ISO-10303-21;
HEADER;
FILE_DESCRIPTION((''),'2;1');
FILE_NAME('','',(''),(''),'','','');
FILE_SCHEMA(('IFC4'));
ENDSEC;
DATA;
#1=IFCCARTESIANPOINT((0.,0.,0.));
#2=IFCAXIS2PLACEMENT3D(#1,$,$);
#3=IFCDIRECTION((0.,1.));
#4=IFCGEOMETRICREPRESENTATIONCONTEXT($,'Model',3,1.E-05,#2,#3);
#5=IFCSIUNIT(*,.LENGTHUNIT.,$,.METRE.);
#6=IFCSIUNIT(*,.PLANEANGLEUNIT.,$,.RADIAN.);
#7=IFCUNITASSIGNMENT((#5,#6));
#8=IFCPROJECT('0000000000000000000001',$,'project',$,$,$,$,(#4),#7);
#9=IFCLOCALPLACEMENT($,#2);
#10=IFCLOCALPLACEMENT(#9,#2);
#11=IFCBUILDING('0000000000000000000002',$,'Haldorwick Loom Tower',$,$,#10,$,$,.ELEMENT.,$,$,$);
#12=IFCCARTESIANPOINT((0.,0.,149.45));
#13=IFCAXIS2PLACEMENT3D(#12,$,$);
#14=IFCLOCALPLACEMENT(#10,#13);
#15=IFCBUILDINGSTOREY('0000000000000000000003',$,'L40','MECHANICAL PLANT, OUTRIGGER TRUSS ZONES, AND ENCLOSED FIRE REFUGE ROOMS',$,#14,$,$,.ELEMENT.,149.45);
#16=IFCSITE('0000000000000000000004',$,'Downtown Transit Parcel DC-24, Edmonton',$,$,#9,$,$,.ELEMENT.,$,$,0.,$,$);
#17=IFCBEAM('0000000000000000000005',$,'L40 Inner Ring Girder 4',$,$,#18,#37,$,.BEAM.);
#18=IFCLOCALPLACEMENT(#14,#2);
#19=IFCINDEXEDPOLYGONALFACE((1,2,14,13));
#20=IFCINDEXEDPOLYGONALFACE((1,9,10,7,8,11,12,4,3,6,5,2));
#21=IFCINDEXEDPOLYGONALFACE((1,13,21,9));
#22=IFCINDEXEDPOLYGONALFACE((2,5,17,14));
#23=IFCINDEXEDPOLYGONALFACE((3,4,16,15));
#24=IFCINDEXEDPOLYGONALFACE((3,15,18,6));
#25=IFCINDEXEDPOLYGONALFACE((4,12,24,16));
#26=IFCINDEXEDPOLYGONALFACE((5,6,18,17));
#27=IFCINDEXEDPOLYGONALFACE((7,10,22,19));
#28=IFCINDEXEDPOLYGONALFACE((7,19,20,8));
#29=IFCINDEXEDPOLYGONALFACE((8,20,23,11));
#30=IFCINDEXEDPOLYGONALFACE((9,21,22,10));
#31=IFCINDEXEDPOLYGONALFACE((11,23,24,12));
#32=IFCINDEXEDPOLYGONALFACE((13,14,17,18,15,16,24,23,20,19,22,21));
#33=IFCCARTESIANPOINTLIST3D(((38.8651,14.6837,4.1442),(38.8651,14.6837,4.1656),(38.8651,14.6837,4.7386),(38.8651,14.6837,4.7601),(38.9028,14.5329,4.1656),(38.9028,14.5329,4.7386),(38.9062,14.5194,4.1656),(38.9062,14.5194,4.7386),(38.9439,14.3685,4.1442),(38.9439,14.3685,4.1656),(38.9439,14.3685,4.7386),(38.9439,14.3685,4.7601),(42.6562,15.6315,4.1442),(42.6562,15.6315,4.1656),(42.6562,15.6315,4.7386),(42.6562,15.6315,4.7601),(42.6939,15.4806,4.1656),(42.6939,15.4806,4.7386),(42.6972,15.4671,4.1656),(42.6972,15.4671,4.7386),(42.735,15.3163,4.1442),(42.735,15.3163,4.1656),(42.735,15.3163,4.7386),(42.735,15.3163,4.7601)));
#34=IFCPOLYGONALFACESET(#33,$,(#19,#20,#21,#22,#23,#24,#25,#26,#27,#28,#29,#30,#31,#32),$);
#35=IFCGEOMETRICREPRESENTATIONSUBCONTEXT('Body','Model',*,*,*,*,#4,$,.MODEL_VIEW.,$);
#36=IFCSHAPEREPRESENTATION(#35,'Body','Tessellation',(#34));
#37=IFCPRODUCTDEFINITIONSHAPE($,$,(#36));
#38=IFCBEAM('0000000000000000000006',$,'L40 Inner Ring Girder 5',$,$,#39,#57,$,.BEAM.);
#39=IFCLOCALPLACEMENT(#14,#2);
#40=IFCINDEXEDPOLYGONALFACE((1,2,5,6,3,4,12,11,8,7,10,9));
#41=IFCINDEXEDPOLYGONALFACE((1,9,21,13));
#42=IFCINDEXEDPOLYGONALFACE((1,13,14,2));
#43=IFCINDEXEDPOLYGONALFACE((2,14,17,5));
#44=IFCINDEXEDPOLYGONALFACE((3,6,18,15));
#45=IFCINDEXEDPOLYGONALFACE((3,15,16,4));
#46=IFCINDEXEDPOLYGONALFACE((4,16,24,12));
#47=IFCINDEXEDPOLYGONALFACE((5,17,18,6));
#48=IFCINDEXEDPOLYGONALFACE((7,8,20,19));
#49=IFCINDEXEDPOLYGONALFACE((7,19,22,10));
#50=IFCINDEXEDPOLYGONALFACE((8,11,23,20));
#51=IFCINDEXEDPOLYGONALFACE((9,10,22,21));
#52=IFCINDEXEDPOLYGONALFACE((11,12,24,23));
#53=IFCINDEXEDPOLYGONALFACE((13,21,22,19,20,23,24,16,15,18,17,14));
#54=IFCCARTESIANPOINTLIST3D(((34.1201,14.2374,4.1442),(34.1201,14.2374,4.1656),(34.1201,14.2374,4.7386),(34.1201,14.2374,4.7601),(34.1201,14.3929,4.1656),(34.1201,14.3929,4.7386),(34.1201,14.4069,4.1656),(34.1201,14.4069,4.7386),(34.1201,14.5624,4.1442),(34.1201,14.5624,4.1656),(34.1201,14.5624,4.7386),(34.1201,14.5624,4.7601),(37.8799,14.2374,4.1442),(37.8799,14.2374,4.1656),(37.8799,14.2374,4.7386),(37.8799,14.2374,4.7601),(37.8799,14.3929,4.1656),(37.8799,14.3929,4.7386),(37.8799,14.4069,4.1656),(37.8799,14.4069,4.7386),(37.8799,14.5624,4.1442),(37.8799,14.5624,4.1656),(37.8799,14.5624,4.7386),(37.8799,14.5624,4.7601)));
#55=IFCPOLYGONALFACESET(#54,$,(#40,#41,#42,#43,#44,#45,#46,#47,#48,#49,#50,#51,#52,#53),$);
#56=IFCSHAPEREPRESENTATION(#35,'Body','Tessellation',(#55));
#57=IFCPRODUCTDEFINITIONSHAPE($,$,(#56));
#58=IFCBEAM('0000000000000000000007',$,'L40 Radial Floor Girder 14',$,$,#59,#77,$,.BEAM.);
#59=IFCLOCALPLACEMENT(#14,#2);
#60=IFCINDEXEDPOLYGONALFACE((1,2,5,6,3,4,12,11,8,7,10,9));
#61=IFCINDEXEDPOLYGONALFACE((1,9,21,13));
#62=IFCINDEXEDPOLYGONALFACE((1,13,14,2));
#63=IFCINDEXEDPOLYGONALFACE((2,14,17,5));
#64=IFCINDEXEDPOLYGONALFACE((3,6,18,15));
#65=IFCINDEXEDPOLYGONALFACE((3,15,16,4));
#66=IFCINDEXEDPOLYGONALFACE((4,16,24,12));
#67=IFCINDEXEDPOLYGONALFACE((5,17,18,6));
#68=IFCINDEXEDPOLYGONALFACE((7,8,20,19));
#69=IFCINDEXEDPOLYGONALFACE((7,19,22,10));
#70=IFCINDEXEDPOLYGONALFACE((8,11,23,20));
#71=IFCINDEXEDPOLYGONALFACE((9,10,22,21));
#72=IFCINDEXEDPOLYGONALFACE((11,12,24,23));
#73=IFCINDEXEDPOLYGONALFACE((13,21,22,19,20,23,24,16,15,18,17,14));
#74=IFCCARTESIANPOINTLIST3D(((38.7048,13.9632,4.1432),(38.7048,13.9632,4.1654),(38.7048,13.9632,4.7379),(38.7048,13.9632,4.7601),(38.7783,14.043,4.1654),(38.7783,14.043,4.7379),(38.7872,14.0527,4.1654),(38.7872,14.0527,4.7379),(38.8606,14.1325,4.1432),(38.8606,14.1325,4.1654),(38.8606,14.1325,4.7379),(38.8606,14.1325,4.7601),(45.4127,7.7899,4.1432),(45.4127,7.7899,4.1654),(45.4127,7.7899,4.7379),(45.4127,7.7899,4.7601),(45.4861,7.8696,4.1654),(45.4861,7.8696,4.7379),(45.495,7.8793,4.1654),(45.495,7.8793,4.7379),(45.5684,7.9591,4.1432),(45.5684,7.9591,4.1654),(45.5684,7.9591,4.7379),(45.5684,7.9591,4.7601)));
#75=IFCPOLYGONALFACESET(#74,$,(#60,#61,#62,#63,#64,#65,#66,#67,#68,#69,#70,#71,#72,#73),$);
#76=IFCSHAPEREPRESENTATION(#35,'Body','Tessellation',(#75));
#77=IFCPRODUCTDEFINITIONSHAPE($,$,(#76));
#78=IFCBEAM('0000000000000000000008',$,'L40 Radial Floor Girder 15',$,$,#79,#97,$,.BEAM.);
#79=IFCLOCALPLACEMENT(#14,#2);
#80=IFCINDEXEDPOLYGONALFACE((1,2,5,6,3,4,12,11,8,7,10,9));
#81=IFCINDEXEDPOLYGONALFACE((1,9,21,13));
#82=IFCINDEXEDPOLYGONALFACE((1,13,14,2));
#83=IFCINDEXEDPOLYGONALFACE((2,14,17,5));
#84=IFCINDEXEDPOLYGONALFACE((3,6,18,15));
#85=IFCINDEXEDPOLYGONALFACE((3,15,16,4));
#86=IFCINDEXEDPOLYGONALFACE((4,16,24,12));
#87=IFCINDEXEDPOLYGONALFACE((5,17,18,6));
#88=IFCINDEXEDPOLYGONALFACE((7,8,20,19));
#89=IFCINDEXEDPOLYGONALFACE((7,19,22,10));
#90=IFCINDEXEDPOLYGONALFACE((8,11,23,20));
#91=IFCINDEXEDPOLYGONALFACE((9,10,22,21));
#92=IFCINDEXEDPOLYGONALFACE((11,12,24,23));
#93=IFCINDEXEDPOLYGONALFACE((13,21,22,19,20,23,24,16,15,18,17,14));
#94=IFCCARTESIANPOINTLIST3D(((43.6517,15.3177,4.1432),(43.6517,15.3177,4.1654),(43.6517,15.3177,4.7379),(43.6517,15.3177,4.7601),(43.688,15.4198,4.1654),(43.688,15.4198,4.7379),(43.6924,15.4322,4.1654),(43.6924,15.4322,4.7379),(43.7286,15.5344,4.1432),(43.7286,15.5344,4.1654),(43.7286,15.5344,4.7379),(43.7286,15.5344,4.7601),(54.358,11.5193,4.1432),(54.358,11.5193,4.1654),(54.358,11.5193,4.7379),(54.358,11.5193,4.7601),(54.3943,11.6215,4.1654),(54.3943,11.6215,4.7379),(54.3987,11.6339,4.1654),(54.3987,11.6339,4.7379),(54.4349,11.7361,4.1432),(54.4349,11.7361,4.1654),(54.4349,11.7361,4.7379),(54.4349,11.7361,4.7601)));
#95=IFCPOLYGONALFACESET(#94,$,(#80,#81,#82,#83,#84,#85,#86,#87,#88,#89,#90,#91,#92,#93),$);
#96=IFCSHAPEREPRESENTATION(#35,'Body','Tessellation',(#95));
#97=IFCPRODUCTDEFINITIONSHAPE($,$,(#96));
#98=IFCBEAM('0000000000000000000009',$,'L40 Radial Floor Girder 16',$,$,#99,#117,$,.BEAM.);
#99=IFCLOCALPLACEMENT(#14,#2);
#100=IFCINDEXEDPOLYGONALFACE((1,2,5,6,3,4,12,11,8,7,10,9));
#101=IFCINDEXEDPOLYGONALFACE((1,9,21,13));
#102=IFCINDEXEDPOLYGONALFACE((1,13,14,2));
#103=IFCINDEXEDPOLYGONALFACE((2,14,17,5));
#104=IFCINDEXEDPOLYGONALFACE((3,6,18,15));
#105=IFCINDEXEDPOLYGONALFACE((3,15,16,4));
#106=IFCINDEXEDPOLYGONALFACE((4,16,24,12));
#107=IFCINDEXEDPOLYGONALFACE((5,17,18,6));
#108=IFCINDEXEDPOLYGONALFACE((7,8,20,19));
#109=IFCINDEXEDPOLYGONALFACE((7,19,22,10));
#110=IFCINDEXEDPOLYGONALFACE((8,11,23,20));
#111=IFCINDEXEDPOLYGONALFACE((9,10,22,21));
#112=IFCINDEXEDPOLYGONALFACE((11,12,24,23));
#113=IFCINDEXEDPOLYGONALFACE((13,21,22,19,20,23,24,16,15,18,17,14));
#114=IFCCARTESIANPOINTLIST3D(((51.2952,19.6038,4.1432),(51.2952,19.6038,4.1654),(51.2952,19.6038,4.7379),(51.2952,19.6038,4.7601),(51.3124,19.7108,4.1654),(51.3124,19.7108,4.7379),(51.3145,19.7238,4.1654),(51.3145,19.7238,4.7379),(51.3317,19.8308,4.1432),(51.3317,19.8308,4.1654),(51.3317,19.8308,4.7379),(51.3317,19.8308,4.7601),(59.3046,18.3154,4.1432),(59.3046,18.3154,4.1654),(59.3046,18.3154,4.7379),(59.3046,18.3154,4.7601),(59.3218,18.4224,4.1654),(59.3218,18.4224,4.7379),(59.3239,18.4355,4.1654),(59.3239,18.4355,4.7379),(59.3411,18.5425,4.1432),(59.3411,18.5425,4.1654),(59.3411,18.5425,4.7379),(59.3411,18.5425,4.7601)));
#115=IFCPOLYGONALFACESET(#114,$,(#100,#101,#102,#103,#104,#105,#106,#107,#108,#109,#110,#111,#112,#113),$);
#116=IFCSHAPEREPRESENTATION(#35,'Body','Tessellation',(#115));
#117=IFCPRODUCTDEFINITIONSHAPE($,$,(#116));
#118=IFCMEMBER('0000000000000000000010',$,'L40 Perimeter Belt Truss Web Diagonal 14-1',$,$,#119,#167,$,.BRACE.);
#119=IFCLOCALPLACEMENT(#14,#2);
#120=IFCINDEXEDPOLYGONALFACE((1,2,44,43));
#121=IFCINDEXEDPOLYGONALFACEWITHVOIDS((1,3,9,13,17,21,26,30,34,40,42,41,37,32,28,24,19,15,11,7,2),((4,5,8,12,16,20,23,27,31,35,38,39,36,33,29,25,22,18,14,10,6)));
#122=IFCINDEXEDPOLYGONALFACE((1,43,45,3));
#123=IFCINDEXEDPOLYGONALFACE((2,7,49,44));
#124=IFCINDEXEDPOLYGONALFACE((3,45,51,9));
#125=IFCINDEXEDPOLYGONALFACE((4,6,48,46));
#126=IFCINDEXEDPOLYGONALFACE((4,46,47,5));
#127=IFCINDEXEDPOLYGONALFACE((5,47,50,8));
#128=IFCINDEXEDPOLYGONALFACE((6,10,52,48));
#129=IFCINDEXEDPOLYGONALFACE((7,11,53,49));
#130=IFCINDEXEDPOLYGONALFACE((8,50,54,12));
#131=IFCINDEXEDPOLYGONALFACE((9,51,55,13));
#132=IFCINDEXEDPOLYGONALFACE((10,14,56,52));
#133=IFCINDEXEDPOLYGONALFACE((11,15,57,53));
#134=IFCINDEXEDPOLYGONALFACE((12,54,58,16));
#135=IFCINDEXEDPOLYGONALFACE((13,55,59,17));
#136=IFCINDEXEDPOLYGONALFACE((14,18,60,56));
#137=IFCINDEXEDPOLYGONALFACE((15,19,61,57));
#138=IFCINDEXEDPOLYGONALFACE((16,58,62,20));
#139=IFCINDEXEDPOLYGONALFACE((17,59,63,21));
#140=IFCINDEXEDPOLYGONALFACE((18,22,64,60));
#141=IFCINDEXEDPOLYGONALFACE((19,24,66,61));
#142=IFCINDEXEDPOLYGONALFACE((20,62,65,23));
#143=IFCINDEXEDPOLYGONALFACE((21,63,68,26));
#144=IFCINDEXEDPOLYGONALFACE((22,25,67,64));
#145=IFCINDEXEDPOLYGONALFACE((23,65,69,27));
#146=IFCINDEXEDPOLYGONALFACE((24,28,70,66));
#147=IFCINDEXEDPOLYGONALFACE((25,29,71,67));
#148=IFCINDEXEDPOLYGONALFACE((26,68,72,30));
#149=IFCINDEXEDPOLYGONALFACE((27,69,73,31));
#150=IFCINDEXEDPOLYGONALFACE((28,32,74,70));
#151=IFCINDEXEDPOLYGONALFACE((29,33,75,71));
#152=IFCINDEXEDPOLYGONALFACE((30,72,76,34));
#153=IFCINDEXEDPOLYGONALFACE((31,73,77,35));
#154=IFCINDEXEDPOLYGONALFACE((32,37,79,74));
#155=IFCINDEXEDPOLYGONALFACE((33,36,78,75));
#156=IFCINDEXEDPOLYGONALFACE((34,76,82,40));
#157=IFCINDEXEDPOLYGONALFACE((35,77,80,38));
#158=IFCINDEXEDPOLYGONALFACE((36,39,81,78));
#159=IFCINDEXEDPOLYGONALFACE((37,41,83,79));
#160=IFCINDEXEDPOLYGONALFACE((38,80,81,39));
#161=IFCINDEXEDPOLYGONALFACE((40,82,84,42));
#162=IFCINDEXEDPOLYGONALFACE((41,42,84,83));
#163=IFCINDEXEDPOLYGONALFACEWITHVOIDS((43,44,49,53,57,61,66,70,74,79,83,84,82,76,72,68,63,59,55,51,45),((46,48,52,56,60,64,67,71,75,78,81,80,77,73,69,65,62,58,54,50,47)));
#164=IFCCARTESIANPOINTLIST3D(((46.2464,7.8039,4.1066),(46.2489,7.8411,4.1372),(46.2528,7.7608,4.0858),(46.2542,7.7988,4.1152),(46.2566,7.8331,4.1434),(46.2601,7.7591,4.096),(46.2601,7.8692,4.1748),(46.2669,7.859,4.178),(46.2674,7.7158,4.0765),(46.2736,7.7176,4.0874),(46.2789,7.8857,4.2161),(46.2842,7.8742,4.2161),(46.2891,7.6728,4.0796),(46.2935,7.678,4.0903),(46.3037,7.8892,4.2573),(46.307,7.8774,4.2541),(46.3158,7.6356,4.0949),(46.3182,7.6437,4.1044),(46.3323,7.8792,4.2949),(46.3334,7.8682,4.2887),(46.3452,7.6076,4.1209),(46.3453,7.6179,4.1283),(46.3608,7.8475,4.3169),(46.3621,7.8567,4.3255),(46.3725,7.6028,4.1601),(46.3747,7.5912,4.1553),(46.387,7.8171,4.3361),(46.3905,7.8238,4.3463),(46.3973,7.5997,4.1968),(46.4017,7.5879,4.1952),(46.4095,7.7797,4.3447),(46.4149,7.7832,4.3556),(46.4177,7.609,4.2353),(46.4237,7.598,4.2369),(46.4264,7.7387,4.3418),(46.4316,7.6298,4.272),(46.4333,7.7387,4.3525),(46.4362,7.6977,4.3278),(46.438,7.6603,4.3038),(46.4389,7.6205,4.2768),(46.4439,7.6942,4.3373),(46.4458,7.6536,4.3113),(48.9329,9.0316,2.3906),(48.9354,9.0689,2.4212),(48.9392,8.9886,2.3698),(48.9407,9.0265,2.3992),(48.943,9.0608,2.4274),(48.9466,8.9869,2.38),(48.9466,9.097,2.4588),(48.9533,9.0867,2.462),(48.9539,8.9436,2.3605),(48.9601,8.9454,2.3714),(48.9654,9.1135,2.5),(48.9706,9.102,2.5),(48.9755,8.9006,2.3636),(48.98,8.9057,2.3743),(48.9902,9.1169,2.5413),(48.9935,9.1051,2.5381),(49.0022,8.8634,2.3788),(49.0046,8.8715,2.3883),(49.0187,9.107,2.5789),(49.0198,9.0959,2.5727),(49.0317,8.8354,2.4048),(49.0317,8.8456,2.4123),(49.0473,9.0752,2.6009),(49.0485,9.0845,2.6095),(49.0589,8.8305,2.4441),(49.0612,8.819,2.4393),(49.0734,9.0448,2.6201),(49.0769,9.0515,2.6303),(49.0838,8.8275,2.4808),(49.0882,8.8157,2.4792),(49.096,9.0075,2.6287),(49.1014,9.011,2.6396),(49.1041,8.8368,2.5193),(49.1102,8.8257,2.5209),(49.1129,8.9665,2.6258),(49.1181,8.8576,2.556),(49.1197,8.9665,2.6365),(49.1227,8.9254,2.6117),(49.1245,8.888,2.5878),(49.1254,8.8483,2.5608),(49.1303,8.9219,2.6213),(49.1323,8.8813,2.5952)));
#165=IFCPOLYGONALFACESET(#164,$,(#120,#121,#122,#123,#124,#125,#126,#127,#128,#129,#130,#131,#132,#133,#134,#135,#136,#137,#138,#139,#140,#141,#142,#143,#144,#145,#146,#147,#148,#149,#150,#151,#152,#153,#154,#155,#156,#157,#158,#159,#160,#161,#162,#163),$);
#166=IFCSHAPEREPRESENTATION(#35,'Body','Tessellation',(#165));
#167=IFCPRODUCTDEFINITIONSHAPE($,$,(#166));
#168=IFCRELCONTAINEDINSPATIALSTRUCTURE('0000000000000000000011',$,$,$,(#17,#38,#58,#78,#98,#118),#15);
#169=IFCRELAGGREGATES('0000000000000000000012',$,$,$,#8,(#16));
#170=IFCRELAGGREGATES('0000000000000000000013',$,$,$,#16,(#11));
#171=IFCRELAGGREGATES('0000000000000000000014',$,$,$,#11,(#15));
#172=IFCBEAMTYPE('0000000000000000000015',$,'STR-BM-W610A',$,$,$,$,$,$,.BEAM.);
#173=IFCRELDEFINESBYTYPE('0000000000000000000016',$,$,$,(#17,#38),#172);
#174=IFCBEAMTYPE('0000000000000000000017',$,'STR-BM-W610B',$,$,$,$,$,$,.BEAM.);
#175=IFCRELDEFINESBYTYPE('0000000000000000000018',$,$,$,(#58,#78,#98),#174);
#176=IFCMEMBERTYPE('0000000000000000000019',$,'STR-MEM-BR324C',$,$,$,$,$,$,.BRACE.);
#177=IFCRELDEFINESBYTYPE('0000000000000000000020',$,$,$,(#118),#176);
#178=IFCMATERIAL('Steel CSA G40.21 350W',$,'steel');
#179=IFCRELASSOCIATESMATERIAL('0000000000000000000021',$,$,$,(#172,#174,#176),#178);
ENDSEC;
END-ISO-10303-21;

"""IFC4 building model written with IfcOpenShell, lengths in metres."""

from ifc_helpers import new_model, si_unit, direction, frame, origin, origin_2d, place, context, subcontext, project, spatial, hollow_circle, i_section, extrude, material, material_profile, profile_set, type_object, element, save


model = new_model("IFC4")

# Units and contexts
model_context = context("Model", 3, precision=1e-05, world=origin(), true_north=direction((0.0, 1.0)))
body_context = subcontext(model_context, "Body", "Model", "MODEL_VIEW")
ifc_project = project(units=[si_unit("LENGTHUNIT", "METRE"), si_unit("PLANEANGLEUNIT", "RADIAN")], contexts=[model_context])

# Site, building, storey
site_placement = place(None, origin())
site = spatial("IfcSite", under=ifc_project, at=site_placement, Name="Downtown Transit Parcel DC-24, Edmonton", CompositionType="ELEMENT", RefElevation=0.0)
building_placement = place(site_placement, origin())
building = spatial("IfcBuilding", under=site, at=building_placement, Name="Haldorwick Loom Tower", CompositionType="ELEMENT")
storey_placement = place(building_placement, frame((0.0, 0.0, 149.45)))
storey = spatial("IfcBuildingStorey", under=building, at=storey_placement, Name="L40", Description="MECHANICAL PLANT, OUTRIGGER TRUSS ZONES, AND ENCLOSED FIRE REFUGE ROOMS", CompositionType="ELEMENT", Elevation=149.45)

# Beams
ifc_material_1 = material(Name="Steel CSA G40.21 350W", Category="steel")
ifc_material_profile_1 = material_profile(ifc_material_1, i_section(OverallWidth=0.325, OverallDepth=0.616, WebThickness=0.0139, FlangeThickness=0.0215, at=origin_2d()), Name="W610X174", Category="steel")
ifc_profile_set_1 = profile_set([ifc_material_profile_1], Name="Steel CSA G40.21 350W")
beam_type_1 = type_object("IfcBeamType", Name="STR-BM-W610A", PredefinedType="BEAM", material=ifc_profile_set_1)
beam_1_placement = place(storey_placement, frame((42.6956, 15.4739, 4.4521), z_axis=(-0.970143, -0.242536, 0.0), x_axis=(0.242536, -0.970143, 0.0)))
element("IfcBeam", 1, at=beam_1_placement, inside=storey, type_object=beam_type_1, Name="L40 Inner Ring Girder 4", PredefinedType="BEAM", context=body_context, shape_type="SweptSolid", body=[
    extrude(i_section(OverallWidth=0.325, OverallDepth=0.616, WebThickness=0.0139, FlangeThickness=0.0215, at=origin_2d()), origin(), (0.0, 0.0, 1.0), 3.9077),
])
beam_2_placement = place(storey_placement, frame((37.8799, 14.3999, 4.4521), z_axis=(-1.0, 0.0, 0.0), x_axis=(0.0, -1.0, 0.0)))
element("IfcBeam", 2, at=beam_2_placement, inside=storey, type_object=beam_type_1, Name="L40 Inner Ring Girder 5", PredefinedType="BEAM", context=body_context, shape_type="SweptSolid", body=[
    extrude(i_section(OverallWidth=0.325, OverallDepth=0.616, WebThickness=0.0139, FlangeThickness=0.0215, at=origin_2d()), origin(), (0.0, 0.0, 1.0), 3.7598),
])
ifc_material_profile_2 = material_profile(ifc_material_1, i_section(OverallWidth=0.23, OverallDepth=0.6169, WebThickness=0.0132, FlangeThickness=0.0222, at=origin_2d()), Name="W610X140", Category="steel")
ifc_profile_set_2 = profile_set([ifc_material_profile_2], Name="Steel CSA G40.21 350W")
beam_type_2 = type_object("IfcBeamType", Name="STR-BM-W610B", PredefinedType="BEAM", material=ifc_profile_set_2)
beam_3_placement = place(storey_placement, frame((38.7827, 14.0479, 4.4517), z_axis=(0.735811, -0.677187, 0.0), x_axis=(0.677187, 0.735811, 0.0)))
element("IfcBeam", 3, at=beam_3_placement, inside=storey, type_object=beam_type_2, Name="L40 Radial Floor Girder 14", PredefinedType="BEAM", context=body_context, shape_type="SweptSolid", body=[
    extrude(i_section(OverallWidth=0.23, OverallDepth=0.6169, WebThickness=0.0132, FlangeThickness=0.0222, at=origin_2d()), origin(), (0.0, 0.0, 1.0), 9.1162),
])
beam_4_placement = place(storey_placement, frame((43.6902, 15.426, 4.4517), z_axis=(0.942446, -0.334358, 0.0), x_axis=(0.334358, 0.942446, 0.0)))
element("IfcBeam", 4, at=beam_4_placement, inside=storey, type_object=beam_type_2, Name="L40 Radial Floor Girder 15", PredefinedType="BEAM", context=body_context, shape_type="SweptSolid", body=[
    extrude(i_section(OverallWidth=0.23, OverallDepth=0.6169, WebThickness=0.0132, FlangeThickness=0.0222, at=origin_2d()), origin(), (0.0, 0.0, 1.0), 11.3601),
])
beam_5_placement = place(storey_placement, frame((51.3135, 19.7173, 4.4517), z_axis=(0.987309, -0.158813, 0.0), x_axis=(0.158813, 0.987309, 0.0)))
element("IfcBeam", 5, at=beam_5_placement, inside=storey, type_object=beam_type_2, Name="L40 Radial Floor Girder 16", PredefinedType="BEAM", context=body_context, shape_type="SweptSolid", body=[
    extrude(i_section(OverallWidth=0.23, OverallDepth=0.6169, WebThickness=0.0132, FlangeThickness=0.0222, at=origin_2d()), origin(), (0.0, 0.0, 1.0), 8.1123),
])

# Member
ifc_material_profile_3 = material_profile(ifc_material_1, hollow_circle(Radius=0.1619, WallThickness=0.0127, at=origin_2d()), Name="HSS324X13", Category="steel")
ifc_profile_set_3 = profile_set([ifc_material_profile_3], Name="Steel CSA G40.21 350W")
member_type_1 = type_object("IfcMemberType", Name="STR-MEM-BR324C", PredefinedType="BRACE", material=ifc_profile_set_3)
member_1_placement = place(storey_placement, frame((46.3462, 7.7385, 4.2161), z_axis=(0.78643, 0.359411, -0.502346), x_axis=(-0.415664, 0.909518, 0.0)))
element("IfcMember", 6, at=member_1_placement, inside=storey, type_object=member_type_1, Name="L40 Perimeter Belt Truss Web Diagonal 14-1", PredefinedType="BRACE", context=body_context, shape_type="SweptSolid", body=[
    extrude(hollow_circle(Radius=0.1619, WallThickness=0.0127, at=origin_2d()), origin(), (0.0, 0.0, 1.0), 3.416),
])

save(model, "model.ifc")
